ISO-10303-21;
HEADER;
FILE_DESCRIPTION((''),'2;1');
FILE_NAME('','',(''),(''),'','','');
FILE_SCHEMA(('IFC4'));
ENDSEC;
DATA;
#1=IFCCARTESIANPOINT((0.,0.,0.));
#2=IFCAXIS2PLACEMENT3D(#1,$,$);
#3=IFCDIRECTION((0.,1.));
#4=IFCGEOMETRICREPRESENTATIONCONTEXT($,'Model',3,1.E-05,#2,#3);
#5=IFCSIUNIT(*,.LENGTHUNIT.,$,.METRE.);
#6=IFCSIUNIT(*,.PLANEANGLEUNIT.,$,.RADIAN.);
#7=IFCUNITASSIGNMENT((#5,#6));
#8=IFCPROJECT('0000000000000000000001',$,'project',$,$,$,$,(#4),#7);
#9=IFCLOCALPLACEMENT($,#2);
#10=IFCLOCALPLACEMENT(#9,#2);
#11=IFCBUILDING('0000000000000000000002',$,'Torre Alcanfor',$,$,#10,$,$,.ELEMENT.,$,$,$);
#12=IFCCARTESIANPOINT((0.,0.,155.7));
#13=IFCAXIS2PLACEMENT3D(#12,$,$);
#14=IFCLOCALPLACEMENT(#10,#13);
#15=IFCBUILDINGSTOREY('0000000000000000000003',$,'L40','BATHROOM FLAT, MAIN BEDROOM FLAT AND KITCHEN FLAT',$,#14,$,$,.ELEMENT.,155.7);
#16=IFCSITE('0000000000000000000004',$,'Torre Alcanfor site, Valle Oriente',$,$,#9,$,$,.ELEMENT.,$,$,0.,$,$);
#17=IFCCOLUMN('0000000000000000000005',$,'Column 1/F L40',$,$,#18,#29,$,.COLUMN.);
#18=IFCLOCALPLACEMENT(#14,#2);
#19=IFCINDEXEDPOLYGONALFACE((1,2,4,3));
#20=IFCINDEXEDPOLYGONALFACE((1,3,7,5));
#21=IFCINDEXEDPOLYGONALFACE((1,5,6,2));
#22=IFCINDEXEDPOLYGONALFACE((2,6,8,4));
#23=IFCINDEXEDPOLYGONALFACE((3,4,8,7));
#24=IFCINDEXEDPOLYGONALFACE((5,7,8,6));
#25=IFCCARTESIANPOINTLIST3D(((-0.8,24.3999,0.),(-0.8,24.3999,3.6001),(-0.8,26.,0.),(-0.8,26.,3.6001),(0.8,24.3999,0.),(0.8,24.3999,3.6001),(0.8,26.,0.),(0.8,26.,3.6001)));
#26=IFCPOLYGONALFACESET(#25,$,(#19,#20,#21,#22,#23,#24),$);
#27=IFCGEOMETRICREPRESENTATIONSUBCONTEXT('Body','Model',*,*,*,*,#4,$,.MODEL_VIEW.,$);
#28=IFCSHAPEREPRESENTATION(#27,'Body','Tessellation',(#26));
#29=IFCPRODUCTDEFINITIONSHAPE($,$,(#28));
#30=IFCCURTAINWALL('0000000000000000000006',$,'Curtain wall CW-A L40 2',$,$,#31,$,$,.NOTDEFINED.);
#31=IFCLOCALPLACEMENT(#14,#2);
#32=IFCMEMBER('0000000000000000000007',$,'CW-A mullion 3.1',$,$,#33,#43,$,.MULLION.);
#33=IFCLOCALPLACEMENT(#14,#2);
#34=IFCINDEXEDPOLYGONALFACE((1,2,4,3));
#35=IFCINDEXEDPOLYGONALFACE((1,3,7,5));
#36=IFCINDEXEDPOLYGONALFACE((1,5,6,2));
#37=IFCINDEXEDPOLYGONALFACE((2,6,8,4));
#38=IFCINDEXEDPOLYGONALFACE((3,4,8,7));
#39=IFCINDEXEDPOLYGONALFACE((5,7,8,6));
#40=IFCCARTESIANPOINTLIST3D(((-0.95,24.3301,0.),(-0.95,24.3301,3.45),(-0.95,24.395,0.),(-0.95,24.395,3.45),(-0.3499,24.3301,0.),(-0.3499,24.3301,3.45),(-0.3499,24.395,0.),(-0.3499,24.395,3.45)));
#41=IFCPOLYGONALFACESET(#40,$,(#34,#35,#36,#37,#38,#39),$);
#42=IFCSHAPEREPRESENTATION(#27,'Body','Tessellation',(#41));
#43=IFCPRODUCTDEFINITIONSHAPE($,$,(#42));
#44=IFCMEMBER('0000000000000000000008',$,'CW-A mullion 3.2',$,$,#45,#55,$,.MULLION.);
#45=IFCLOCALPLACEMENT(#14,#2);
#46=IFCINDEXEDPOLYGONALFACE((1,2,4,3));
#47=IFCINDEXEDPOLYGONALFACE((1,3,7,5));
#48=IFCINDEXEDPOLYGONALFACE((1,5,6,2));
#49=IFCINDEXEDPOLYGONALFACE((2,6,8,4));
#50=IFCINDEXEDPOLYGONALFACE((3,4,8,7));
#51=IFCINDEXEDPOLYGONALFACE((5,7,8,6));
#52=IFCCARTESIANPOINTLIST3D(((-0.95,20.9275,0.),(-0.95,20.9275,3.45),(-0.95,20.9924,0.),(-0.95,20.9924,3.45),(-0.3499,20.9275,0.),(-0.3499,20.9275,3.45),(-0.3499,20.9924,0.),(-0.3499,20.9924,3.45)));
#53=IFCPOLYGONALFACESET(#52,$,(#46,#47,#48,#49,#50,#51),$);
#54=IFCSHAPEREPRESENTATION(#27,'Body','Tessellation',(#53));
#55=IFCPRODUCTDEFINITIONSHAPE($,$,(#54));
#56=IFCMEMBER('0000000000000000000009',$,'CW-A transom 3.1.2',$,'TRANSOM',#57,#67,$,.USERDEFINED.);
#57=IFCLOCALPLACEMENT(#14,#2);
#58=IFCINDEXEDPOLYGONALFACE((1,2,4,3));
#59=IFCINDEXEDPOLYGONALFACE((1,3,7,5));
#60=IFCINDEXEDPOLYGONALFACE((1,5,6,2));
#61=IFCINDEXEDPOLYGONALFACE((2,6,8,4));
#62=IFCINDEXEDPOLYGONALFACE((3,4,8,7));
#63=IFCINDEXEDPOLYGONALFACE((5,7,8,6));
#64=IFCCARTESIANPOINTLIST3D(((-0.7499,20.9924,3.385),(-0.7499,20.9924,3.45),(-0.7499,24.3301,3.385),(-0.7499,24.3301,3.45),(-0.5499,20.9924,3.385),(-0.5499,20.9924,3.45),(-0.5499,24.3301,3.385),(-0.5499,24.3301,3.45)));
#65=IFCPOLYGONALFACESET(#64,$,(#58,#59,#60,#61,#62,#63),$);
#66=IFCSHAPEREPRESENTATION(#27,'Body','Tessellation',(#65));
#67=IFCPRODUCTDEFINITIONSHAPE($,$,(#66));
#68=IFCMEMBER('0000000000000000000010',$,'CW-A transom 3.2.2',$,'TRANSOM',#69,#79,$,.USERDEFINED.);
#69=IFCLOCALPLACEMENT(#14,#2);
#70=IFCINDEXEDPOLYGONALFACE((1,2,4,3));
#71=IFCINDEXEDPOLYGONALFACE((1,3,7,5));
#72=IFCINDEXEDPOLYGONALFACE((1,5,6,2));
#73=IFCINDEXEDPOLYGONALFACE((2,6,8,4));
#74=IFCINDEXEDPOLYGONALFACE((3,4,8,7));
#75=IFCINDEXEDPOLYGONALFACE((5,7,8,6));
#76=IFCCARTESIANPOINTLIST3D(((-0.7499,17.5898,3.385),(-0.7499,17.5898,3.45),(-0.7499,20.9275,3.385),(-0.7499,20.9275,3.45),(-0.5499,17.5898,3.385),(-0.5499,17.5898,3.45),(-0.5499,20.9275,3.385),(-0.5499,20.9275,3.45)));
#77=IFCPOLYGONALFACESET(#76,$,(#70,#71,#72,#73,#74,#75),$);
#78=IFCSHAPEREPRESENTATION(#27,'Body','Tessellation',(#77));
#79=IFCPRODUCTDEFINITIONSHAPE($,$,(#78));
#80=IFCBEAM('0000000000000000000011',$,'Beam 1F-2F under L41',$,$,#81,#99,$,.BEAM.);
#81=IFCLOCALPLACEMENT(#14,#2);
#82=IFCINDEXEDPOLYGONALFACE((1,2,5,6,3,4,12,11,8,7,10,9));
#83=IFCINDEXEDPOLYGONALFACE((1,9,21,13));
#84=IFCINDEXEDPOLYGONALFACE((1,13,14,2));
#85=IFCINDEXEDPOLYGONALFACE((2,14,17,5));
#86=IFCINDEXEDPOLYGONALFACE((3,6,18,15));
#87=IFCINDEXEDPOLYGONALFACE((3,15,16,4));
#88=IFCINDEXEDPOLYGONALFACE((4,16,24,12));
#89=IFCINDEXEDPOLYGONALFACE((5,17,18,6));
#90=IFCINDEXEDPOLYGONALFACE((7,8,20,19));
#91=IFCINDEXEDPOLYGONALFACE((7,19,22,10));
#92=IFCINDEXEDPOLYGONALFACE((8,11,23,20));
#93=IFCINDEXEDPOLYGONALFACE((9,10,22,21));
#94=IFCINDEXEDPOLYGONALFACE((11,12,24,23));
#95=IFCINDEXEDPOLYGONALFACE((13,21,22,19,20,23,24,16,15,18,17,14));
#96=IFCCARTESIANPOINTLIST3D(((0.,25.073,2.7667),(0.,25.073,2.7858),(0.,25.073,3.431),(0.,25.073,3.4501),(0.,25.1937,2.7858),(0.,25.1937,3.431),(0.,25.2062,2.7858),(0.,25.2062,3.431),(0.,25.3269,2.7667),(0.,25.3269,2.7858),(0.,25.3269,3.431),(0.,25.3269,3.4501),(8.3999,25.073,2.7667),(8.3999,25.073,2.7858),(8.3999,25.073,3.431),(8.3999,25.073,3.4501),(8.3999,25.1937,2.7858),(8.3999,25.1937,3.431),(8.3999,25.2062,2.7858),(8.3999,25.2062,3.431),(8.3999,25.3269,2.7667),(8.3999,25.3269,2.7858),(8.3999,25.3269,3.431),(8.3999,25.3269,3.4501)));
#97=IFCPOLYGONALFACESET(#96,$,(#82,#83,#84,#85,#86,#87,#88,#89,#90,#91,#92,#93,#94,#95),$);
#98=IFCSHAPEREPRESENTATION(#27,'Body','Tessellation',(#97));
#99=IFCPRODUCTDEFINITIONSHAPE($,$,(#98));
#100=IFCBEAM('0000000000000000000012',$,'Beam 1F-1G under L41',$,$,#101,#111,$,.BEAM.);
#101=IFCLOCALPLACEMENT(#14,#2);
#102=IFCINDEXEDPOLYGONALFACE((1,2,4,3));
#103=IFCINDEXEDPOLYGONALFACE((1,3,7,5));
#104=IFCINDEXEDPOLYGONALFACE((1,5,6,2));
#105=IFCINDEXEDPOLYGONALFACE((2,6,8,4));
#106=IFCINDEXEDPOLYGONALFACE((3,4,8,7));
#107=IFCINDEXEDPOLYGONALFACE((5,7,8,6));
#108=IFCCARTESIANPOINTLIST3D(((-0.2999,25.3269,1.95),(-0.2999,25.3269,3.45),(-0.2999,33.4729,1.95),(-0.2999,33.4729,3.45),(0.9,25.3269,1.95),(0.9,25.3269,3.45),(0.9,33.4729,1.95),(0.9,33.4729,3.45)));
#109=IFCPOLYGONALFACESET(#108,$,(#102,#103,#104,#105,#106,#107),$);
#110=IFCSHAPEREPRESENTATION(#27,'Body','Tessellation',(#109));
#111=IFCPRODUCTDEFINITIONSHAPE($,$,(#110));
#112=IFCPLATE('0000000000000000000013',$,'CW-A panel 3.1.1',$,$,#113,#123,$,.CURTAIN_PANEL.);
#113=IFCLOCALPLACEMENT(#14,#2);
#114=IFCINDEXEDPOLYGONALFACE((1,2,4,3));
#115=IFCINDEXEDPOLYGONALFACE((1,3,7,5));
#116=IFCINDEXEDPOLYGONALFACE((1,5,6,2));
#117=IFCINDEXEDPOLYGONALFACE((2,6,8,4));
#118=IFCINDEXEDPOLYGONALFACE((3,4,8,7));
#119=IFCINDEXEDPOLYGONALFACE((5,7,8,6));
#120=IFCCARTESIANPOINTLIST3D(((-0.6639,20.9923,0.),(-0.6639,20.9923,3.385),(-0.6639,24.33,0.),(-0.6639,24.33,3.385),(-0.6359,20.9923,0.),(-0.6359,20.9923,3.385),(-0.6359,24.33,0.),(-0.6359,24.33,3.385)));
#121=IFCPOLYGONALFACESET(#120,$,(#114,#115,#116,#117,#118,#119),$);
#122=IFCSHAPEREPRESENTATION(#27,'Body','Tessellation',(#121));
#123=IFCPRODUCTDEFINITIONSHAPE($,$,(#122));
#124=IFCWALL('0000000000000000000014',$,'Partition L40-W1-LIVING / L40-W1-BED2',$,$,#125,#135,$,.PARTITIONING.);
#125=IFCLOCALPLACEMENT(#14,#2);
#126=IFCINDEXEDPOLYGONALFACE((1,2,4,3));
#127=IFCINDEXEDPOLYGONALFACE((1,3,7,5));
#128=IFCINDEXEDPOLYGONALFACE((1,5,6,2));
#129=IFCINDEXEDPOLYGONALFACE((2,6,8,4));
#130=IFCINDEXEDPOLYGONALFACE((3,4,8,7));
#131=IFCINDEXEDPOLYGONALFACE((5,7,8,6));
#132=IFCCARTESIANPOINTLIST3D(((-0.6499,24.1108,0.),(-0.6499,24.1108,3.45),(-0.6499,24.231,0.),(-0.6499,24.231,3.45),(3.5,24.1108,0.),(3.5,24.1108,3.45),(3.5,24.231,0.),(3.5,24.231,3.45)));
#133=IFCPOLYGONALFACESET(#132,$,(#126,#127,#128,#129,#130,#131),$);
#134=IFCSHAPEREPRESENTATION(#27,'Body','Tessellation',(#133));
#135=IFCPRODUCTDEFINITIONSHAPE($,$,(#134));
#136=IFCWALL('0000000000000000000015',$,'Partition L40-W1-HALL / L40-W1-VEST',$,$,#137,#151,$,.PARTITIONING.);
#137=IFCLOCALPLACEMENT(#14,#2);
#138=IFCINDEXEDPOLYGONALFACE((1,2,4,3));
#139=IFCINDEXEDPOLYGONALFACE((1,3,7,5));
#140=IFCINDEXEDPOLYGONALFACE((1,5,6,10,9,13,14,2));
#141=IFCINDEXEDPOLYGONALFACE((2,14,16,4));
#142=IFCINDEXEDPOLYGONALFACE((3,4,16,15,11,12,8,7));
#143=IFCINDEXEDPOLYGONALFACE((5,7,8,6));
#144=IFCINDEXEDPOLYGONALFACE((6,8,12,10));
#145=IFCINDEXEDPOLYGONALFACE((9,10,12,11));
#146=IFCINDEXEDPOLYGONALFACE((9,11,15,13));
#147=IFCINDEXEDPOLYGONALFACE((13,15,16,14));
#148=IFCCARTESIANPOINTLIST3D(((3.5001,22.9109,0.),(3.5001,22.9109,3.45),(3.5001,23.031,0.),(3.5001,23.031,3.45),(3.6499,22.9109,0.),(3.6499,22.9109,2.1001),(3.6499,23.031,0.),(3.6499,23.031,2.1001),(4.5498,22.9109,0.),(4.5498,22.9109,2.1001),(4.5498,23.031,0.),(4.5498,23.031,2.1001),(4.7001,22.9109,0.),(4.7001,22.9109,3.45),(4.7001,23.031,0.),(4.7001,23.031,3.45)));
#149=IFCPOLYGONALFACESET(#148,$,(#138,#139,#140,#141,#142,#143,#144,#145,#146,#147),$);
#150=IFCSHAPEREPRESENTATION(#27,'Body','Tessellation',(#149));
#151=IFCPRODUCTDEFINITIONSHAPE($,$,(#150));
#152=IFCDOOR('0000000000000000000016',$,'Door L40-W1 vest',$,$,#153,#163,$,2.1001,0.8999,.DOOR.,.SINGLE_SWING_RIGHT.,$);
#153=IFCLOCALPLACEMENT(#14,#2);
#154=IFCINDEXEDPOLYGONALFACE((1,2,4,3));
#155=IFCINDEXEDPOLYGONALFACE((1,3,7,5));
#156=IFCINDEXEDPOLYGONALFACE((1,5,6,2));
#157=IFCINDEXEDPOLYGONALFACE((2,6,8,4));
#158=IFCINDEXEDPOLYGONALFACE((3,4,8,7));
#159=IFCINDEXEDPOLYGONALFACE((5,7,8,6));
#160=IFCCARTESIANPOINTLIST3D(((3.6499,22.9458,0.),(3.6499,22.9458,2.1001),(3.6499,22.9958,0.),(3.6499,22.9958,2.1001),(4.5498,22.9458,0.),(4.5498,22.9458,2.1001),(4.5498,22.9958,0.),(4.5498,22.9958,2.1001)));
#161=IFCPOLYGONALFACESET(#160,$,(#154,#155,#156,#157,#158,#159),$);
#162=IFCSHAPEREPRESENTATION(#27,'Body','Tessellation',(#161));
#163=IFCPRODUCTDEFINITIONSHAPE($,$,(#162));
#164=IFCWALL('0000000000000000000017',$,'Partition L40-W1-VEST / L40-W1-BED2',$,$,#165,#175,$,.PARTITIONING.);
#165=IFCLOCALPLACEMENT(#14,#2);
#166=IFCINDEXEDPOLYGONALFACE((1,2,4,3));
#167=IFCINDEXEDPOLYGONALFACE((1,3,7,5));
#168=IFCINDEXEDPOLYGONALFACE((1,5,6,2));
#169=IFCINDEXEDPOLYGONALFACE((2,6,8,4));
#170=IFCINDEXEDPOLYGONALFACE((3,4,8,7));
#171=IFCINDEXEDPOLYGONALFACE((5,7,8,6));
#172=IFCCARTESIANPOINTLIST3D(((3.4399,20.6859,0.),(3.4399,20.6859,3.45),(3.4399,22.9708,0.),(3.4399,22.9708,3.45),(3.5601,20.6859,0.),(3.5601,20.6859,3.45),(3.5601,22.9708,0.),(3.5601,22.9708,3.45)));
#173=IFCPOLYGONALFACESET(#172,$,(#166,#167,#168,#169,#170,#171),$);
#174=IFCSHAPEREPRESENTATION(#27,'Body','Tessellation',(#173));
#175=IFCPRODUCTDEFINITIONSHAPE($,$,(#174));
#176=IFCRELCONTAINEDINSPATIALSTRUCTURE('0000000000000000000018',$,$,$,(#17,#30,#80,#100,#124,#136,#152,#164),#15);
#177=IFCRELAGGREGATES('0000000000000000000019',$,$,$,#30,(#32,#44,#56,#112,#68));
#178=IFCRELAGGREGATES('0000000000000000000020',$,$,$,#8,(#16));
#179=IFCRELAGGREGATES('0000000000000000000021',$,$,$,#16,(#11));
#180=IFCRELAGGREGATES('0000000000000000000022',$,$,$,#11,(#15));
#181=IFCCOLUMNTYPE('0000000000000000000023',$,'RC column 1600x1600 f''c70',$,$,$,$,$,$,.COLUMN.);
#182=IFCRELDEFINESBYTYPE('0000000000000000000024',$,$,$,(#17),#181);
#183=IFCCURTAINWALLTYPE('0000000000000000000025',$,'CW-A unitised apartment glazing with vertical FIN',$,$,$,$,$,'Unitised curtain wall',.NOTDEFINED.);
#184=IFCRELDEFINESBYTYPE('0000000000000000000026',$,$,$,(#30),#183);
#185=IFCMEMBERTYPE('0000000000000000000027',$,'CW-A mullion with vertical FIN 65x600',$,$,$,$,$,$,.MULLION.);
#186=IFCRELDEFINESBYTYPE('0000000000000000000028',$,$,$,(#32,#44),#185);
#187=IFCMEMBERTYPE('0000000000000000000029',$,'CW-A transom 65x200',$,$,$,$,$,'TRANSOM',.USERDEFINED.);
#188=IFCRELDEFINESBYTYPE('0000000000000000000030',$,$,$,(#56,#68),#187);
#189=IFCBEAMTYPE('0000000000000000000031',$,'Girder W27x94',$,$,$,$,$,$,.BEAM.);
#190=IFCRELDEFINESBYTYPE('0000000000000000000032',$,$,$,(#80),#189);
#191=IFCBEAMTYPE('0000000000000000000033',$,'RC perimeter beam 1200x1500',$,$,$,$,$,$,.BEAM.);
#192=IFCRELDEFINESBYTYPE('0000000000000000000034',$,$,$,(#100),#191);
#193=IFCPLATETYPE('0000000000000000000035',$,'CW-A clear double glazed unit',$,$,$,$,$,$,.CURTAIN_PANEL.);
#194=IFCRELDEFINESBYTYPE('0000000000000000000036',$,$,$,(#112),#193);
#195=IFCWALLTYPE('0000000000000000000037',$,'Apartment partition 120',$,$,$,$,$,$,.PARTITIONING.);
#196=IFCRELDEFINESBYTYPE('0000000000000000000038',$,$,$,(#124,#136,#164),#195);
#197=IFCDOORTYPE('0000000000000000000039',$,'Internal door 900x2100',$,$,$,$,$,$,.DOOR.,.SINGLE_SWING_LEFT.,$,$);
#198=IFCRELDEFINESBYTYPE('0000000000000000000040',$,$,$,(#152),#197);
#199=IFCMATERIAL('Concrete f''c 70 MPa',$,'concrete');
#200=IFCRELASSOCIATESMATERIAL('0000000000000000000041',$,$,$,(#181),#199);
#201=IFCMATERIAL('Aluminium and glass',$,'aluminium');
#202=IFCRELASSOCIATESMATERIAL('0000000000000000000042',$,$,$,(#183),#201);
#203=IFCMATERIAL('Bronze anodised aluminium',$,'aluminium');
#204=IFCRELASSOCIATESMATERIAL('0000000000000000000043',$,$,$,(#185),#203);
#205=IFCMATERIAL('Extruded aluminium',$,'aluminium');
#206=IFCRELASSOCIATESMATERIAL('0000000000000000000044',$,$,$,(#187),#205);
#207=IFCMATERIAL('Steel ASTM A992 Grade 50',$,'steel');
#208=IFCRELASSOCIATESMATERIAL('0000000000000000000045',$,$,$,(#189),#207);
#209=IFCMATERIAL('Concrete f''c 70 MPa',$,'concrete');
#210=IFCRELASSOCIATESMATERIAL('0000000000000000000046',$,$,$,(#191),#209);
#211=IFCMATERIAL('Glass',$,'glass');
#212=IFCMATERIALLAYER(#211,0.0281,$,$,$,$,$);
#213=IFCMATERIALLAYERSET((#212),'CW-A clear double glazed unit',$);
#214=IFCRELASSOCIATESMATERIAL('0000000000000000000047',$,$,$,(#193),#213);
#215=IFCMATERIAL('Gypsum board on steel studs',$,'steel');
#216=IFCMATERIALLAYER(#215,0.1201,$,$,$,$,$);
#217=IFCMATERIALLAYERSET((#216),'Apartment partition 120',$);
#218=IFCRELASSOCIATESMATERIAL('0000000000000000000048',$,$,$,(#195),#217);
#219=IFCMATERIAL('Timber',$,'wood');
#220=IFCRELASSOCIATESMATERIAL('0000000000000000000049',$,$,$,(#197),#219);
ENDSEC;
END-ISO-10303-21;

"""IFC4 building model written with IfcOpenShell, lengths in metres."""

from ifc_helpers import new_model, si_unit, direction, frame, frame_2d, origin, origin_2d, place, context, subcontext, project, spatial, rectangle, i_section, extrude, material, layer, layer_set, material_profile, profile_set, type_object, element, fill, aggregate, save


model = new_model("IFC4")

# Units and contexts
model_context = context("Model", 3, precision=1e-05, world=origin(), true_north=direction((0.0, 1.0)))
body_context = subcontext(model_context, "Body", "Model", "MODEL_VIEW")
ifc_project = project(units=[si_unit("LENGTHUNIT", "METRE"), si_unit("PLANEANGLEUNIT", "RADIAN")], contexts=[model_context])

# Site, building, storey
site_placement = place(None, origin())
site = spatial("IfcSite", under=ifc_project, at=site_placement, Name="Torre Alcanfor site, Valle Oriente", CompositionType="ELEMENT", RefElevation=0.0)
building_placement = place(site_placement, origin())
building = spatial("IfcBuilding", under=site, at=building_placement, Name="Torre Alcanfor", CompositionType="ELEMENT")
storey_placement = place(building_placement, frame((0.0, 0.0, 155.7)))
storey = spatial("IfcBuildingStorey", under=building, at=storey_placement, Name="L40", Description="BATHROOM FLAT, MAIN BEDROOM FLAT AND KITCHEN FLAT", CompositionType="ELEMENT", Elevation=155.7)

# Column
ifc_material_1 = material(Name="Concrete f'c 70 MPa", Category="concrete")
ifc_material_profile_1 = material_profile(ifc_material_1, rectangle(XDim=1.6001, YDim=1.6001, at=origin_2d()), Name="1600x1600")
ifc_profile_set_1 = profile_set([ifc_material_profile_1], Name="Concrete f'c 70 MPa")
column_type = type_object("IfcColumnType", Name="RC column 1600x1600 f'c70", PredefinedType="COLUMN", material=ifc_profile_set_1)
column_placement = place(storey_placement, frame((0.0, 25.2, 0.0), z_axis=(0.0, 0.0, 1.0), x_axis=(1.0, 0.0, 0.0)))
element("IfcColumn", 1, at=column_placement, inside=storey, type_object=column_type, Name="Column 1/F L40", PredefinedType="COLUMN", context=body_context, shape_type="SweptSolid", body=[
    extrude(rectangle(XDim=1.6001, YDim=1.6001, at=origin_2d()), origin(), (0.0, 0.0, 1.0), 3.6001),
])

# Curtain wall, members
ifc_material_2 = material(Name="Aluminium and glass", Category="aluminium")
curtain_wall_type = type_object("IfcCurtainWallType", Name="CW-A unitised apartment glazing with vertical FIN", ElementType="Unitised curtain wall", PredefinedType="NOTDEFINED", material=ifc_material_2)
curtain_wall_placement = place(storey_placement, origin())
curtain_wall = element("IfcCurtainWall", 2, at=curtain_wall_placement, inside=storey, type_object=curtain_wall_type, Name="Curtain wall CW-A L40 2", PredefinedType="NOTDEFINED")
ifc_material_3 = material(Name="Bronze anodised aluminium", Category="aluminium")
ifc_material_profile_2 = material_profile(ifc_material_3, rectangle(XDim=0.6001, YDim=0.0649, at=origin_2d()), Name="CW-A mullion 65x600")
ifc_profile_set_2 = profile_set([ifc_material_profile_2], Name="Bronze anodised aluminium")
member_type_1 = type_object("IfcMemberType", Name="CW-A mullion with vertical FIN 65x600", PredefinedType="MULLION", material=ifc_profile_set_2)
member_1_placement = place(storey_placement, frame((-0.6499, 24.3625, 0.0), z_axis=(0.0, 0.0, 1.0), x_axis=(1.0, 0.0, 0.0)))
member_1 = element("IfcMember", 3, at=member_1_placement, type_object=member_type_1, Name="CW-A mullion 3.1", PredefinedType="MULLION", context=body_context, shape_type="SweptSolid", body=[
    extrude(rectangle(XDim=0.6001, YDim=0.0649, at=origin_2d()), origin(), (0.0, 0.0, 1.0), 3.45),
])
member_2_placement = place(storey_placement, frame((-0.6499, 20.96, 0.0), z_axis=(0.0, 0.0, 1.0), x_axis=(1.0, 0.0, 0.0)))
member_2 = element("IfcMember", 4, at=member_2_placement, type_object=member_type_1, Name="CW-A mullion 3.2", PredefinedType="MULLION", context=body_context, shape_type="SweptSolid", body=[
    extrude(rectangle(XDim=0.6001, YDim=0.0649, at=origin_2d()), origin(), (0.0, 0.0, 1.0), 3.45),
])
ifc_material_4 = material(Name="Extruded aluminium", Category="aluminium")
ifc_material_profile_3 = material_profile(ifc_material_4, rectangle(XDim=0.2, YDim=0.0649, at=origin_2d()), Name="CW-A transom 200x65")
ifc_profile_set_3 = profile_set([ifc_material_profile_3], Name="Extruded aluminium")
member_type_2 = type_object("IfcMemberType", Name="CW-A transom 65x200", ElementType="TRANSOM", PredefinedType="USERDEFINED", material=ifc_profile_set_3)
member_3_placement = place(storey_placement, frame((-0.6499, 24.3301, 3.4175), z_axis=(0.0, -1.0, 0.0), x_axis=(1.0, 0.0, 0.0)))
member_3 = element("IfcMember", 5, at=member_3_placement, type_object=member_type_2, Name="CW-A transom 3.1.2", ObjectType="TRANSOM", PredefinedType="USERDEFINED", context=body_context, shape_type="SweptSolid", body=[
    extrude(rectangle(XDim=0.2, YDim=0.0649, at=origin_2d()), origin(), (0.0, 0.0, 1.0), 3.3376),
])
member_4_placement = place(storey_placement, frame((-0.6499, 20.9275, 3.4175), z_axis=(0.0, -1.0, 0.0), x_axis=(1.0, 0.0, 0.0)))
member_4 = element("IfcMember", 6, at=member_4_placement, type_object=member_type_2, Name="CW-A transom 3.2.2", ObjectType="TRANSOM", PredefinedType="USERDEFINED", context=body_context, shape_type="SweptSolid", body=[
    extrude(rectangle(XDim=0.2, YDim=0.0649, at=origin_2d()), origin(), (0.0, 0.0, 1.0), 3.3376),
])

# Beams
ifc_material_5 = material(Name="Steel ASTM A992 Grade 50", Category="steel")
ifc_material_profile_4 = material_profile(ifc_material_5, i_section(OverallWidth=0.2539, OverallDepth=0.6833, WebThickness=0.0125, FlangeThickness=0.019, at=origin_2d()), Name="W27x94")
ifc_profile_set_4 = profile_set([ifc_material_profile_4], Name="Steel ASTM A992 Grade 50")
beam_type_1 = type_object("IfcBeamType", Name="Girder W27x94", PredefinedType="BEAM", material=ifc_profile_set_4)
beam_1_placement = place(storey_placement, frame((0.0, 25.2, 3.1084), z_axis=(1.0, 0.0, 0.0), x_axis=(0.0, 1.0, 0.0)))
element("IfcBeam", 7, at=beam_1_placement, inside=storey, type_object=beam_type_1, Name="Beam 1F-2F under L41", PredefinedType="BEAM", context=body_context, shape_type="SweptSolid", body=[
    extrude(i_section(OverallWidth=0.2539, OverallDepth=0.6833, WebThickness=0.0125, FlangeThickness=0.019, at=origin_2d()), origin(), (0.0, 0.0, 1.0), 8.3999),
])
ifc_material_6 = material(Name="Concrete f'c 70 MPa", Category="concrete")
ifc_material_profile_5 = material_profile(ifc_material_6, rectangle(XDim=1.2, YDim=1.5, at=origin_2d()), Name="1200x1500")
ifc_profile_set_5 = profile_set([ifc_material_profile_5], Name="Concrete f'c 70 MPa")
beam_type_2 = type_object("IfcBeamType", Name="RC perimeter beam 1200x1500", PredefinedType="BEAM", material=ifc_profile_set_5)
beam_2_placement = place(storey_placement, frame((0.3, 25.3269, 2.7), z_axis=(0.0, 1.0, 0.0), x_axis=(-1.0, 0.0, 0.0)))
element("IfcBeam", 8, at=beam_2_placement, inside=storey, type_object=beam_type_2, Name="Beam 1F-1G under L41", PredefinedType="BEAM", context=body_context, shape_type="SweptSolid", body=[
    extrude(rectangle(XDim=1.2, YDim=1.5, at=origin_2d()), origin(), (0.0, 0.0, 1.0), 8.146),
])

# Plate
ifc_material_7 = material(Name="Glass", Category="glass")
ifc_layer_1 = layer(ifc_material_7, 0.0281)
ifc_layer_set_1 = layer_set([ifc_layer_1], Name="CW-A clear double glazed unit")
plate_type = type_object("IfcPlateType", Name="CW-A clear double glazed unit", PredefinedType="CURTAIN_PANEL", material=ifc_layer_set_1)
plate_placement = place(storey_placement, frame((-0.6499, 22.6611, 0.0), z_axis=(0.0, 0.0, 1.0), x_axis=(0.0, -1.0, 0.0)))
plate = element("IfcPlate", 9, at=plate_placement, type_object=plate_type, Name="CW-A panel 3.1.1", PredefinedType="CURTAIN_PANEL", context=body_context, shape_type="SweptSolid", body=[
    extrude(rectangle(XDim=3.3376, YDim=0.0281, at=origin_2d()), origin(), (0.0, 0.0, 1.0), 3.385),
])
aggregate(curtain_wall, [member_1, member_2, member_3, plate, member_4])

# Wall
ifc_material_8 = material(Name="Gypsum board on steel studs", Category="steel")
ifc_layer_2 = layer(ifc_material_8, 0.1201)
ifc_layer_set_2 = layer_set([ifc_layer_2], Name="Apartment partition 120")
wall_type = type_object("IfcWallType", Name="Apartment partition 120", PredefinedType="PARTITIONING", material=ifc_layer_set_2)
wall_1_placement = place(storey_placement, frame((-0.6499, 24.1709, 0.0), z_axis=(0.0, 0.0, 1.0), x_axis=(1.0, 0.0, 0.0)))
element("IfcWall", 10, at=wall_1_placement, inside=storey, type_object=wall_type, Name="Partition L40-W1-LIVING / L40-W1-BED2", PredefinedType="PARTITIONING", context=body_context, shape_type="SweptSolid", body=[
    extrude(rectangle(XDim=4.1499, YDim=0.1201, at=frame_2d((2.075, 0.0))), origin(), (0.0, 0.0, 1.0), 3.45),
])

# Wall, opening, door
wall_2_placement = place(storey_placement, frame((3.5, 22.9709, 0.0), z_axis=(0.0, 0.0, 1.0), x_axis=(1.0, 0.0, 0.0)))
wall_2 = element("IfcWall", 11, at=wall_2_placement, inside=storey, type_object=wall_type, Name="Partition L40-W1-HALL / L40-W1-VEST", PredefinedType="PARTITIONING", context=body_context, shape_type="SweptSolid", body=[
    extrude(rectangle(XDim=1.2, YDim=0.1201, at=frame_2d((0.6001, 0.0))), origin(), (0.0, 0.0, 1.0), 3.45),
])
opening_1_placement = place(wall_2_placement, frame((0.1499, 0.0, 0.0)))
opening_1 = element("IfcOpeningElement", 12, at=opening_1_placement, cuts=wall_2, PredefinedType="OPENING", context=body_context, shape_type="SweptSolid", body=[
    extrude(rectangle(XDim=0.8999, YDim=2.1001, at=frame_2d((0.45, 1.05))), frame((0.0, 0.0701, 0.0), z_axis=(0.0, -1.0, 0.0), x_axis=(1.0, 0.0, 0.0)), (0.0, 0.0, 1.0), 0.1401),
])
ifc_material_9 = material(Name="Timber", Category="wood")
door_type = type_object("IfcDoorType", Name="Internal door 900x2100", OperationType="SINGLE_SWING_LEFT", PredefinedType="DOOR", material=ifc_material_9)
door_1_placement = place(opening_1_placement, frame((0.8999, 0.0, 0.0), z_axis=(0.0, 0.0, 1.0), x_axis=(-1.0, 0.0, 0.0)))
door_1 = element("IfcDoor", 13, at=door_1_placement, inside=storey, type_object=door_type, Name="Door L40-W1 vest", OperationType="SINGLE_SWING_RIGHT", OverallHeight=2.1001, OverallWidth=0.8999, PredefinedType="DOOR", context=body_context, shape_type="SweptSolid", body=[
    extrude(rectangle(XDim=0.8999, YDim=2.1001, at=frame_2d((0.45, 1.05))), frame((0.0, 0.0251, 0.0), z_axis=(0.0, -1.0, 0.0), x_axis=(1.0, 0.0, 0.0)), (0.0, 0.0, 1.0), 0.05),
])
fill(opening_1, door_1)

# Wall
wall_3_placement = place(storey_placement, frame((3.5, 22.9709, 0.0), z_axis=(0.0, 0.0, 1.0), x_axis=(0.0, -1.0, 0.0)))
element("IfcWall", 14, at=wall_3_placement, inside=storey, type_object=wall_type, Name="Partition L40-W1-VEST / L40-W1-BED2", PredefinedType="PARTITIONING", context=body_context, shape_type="SweptSolid", body=[
    extrude(rectangle(XDim=2.2849, YDim=0.1201, at=frame_2d((1.1426, 0.0))), origin(), (0.0, 0.0, 1.0), 3.45),
])

save(model, "model.ifc")
